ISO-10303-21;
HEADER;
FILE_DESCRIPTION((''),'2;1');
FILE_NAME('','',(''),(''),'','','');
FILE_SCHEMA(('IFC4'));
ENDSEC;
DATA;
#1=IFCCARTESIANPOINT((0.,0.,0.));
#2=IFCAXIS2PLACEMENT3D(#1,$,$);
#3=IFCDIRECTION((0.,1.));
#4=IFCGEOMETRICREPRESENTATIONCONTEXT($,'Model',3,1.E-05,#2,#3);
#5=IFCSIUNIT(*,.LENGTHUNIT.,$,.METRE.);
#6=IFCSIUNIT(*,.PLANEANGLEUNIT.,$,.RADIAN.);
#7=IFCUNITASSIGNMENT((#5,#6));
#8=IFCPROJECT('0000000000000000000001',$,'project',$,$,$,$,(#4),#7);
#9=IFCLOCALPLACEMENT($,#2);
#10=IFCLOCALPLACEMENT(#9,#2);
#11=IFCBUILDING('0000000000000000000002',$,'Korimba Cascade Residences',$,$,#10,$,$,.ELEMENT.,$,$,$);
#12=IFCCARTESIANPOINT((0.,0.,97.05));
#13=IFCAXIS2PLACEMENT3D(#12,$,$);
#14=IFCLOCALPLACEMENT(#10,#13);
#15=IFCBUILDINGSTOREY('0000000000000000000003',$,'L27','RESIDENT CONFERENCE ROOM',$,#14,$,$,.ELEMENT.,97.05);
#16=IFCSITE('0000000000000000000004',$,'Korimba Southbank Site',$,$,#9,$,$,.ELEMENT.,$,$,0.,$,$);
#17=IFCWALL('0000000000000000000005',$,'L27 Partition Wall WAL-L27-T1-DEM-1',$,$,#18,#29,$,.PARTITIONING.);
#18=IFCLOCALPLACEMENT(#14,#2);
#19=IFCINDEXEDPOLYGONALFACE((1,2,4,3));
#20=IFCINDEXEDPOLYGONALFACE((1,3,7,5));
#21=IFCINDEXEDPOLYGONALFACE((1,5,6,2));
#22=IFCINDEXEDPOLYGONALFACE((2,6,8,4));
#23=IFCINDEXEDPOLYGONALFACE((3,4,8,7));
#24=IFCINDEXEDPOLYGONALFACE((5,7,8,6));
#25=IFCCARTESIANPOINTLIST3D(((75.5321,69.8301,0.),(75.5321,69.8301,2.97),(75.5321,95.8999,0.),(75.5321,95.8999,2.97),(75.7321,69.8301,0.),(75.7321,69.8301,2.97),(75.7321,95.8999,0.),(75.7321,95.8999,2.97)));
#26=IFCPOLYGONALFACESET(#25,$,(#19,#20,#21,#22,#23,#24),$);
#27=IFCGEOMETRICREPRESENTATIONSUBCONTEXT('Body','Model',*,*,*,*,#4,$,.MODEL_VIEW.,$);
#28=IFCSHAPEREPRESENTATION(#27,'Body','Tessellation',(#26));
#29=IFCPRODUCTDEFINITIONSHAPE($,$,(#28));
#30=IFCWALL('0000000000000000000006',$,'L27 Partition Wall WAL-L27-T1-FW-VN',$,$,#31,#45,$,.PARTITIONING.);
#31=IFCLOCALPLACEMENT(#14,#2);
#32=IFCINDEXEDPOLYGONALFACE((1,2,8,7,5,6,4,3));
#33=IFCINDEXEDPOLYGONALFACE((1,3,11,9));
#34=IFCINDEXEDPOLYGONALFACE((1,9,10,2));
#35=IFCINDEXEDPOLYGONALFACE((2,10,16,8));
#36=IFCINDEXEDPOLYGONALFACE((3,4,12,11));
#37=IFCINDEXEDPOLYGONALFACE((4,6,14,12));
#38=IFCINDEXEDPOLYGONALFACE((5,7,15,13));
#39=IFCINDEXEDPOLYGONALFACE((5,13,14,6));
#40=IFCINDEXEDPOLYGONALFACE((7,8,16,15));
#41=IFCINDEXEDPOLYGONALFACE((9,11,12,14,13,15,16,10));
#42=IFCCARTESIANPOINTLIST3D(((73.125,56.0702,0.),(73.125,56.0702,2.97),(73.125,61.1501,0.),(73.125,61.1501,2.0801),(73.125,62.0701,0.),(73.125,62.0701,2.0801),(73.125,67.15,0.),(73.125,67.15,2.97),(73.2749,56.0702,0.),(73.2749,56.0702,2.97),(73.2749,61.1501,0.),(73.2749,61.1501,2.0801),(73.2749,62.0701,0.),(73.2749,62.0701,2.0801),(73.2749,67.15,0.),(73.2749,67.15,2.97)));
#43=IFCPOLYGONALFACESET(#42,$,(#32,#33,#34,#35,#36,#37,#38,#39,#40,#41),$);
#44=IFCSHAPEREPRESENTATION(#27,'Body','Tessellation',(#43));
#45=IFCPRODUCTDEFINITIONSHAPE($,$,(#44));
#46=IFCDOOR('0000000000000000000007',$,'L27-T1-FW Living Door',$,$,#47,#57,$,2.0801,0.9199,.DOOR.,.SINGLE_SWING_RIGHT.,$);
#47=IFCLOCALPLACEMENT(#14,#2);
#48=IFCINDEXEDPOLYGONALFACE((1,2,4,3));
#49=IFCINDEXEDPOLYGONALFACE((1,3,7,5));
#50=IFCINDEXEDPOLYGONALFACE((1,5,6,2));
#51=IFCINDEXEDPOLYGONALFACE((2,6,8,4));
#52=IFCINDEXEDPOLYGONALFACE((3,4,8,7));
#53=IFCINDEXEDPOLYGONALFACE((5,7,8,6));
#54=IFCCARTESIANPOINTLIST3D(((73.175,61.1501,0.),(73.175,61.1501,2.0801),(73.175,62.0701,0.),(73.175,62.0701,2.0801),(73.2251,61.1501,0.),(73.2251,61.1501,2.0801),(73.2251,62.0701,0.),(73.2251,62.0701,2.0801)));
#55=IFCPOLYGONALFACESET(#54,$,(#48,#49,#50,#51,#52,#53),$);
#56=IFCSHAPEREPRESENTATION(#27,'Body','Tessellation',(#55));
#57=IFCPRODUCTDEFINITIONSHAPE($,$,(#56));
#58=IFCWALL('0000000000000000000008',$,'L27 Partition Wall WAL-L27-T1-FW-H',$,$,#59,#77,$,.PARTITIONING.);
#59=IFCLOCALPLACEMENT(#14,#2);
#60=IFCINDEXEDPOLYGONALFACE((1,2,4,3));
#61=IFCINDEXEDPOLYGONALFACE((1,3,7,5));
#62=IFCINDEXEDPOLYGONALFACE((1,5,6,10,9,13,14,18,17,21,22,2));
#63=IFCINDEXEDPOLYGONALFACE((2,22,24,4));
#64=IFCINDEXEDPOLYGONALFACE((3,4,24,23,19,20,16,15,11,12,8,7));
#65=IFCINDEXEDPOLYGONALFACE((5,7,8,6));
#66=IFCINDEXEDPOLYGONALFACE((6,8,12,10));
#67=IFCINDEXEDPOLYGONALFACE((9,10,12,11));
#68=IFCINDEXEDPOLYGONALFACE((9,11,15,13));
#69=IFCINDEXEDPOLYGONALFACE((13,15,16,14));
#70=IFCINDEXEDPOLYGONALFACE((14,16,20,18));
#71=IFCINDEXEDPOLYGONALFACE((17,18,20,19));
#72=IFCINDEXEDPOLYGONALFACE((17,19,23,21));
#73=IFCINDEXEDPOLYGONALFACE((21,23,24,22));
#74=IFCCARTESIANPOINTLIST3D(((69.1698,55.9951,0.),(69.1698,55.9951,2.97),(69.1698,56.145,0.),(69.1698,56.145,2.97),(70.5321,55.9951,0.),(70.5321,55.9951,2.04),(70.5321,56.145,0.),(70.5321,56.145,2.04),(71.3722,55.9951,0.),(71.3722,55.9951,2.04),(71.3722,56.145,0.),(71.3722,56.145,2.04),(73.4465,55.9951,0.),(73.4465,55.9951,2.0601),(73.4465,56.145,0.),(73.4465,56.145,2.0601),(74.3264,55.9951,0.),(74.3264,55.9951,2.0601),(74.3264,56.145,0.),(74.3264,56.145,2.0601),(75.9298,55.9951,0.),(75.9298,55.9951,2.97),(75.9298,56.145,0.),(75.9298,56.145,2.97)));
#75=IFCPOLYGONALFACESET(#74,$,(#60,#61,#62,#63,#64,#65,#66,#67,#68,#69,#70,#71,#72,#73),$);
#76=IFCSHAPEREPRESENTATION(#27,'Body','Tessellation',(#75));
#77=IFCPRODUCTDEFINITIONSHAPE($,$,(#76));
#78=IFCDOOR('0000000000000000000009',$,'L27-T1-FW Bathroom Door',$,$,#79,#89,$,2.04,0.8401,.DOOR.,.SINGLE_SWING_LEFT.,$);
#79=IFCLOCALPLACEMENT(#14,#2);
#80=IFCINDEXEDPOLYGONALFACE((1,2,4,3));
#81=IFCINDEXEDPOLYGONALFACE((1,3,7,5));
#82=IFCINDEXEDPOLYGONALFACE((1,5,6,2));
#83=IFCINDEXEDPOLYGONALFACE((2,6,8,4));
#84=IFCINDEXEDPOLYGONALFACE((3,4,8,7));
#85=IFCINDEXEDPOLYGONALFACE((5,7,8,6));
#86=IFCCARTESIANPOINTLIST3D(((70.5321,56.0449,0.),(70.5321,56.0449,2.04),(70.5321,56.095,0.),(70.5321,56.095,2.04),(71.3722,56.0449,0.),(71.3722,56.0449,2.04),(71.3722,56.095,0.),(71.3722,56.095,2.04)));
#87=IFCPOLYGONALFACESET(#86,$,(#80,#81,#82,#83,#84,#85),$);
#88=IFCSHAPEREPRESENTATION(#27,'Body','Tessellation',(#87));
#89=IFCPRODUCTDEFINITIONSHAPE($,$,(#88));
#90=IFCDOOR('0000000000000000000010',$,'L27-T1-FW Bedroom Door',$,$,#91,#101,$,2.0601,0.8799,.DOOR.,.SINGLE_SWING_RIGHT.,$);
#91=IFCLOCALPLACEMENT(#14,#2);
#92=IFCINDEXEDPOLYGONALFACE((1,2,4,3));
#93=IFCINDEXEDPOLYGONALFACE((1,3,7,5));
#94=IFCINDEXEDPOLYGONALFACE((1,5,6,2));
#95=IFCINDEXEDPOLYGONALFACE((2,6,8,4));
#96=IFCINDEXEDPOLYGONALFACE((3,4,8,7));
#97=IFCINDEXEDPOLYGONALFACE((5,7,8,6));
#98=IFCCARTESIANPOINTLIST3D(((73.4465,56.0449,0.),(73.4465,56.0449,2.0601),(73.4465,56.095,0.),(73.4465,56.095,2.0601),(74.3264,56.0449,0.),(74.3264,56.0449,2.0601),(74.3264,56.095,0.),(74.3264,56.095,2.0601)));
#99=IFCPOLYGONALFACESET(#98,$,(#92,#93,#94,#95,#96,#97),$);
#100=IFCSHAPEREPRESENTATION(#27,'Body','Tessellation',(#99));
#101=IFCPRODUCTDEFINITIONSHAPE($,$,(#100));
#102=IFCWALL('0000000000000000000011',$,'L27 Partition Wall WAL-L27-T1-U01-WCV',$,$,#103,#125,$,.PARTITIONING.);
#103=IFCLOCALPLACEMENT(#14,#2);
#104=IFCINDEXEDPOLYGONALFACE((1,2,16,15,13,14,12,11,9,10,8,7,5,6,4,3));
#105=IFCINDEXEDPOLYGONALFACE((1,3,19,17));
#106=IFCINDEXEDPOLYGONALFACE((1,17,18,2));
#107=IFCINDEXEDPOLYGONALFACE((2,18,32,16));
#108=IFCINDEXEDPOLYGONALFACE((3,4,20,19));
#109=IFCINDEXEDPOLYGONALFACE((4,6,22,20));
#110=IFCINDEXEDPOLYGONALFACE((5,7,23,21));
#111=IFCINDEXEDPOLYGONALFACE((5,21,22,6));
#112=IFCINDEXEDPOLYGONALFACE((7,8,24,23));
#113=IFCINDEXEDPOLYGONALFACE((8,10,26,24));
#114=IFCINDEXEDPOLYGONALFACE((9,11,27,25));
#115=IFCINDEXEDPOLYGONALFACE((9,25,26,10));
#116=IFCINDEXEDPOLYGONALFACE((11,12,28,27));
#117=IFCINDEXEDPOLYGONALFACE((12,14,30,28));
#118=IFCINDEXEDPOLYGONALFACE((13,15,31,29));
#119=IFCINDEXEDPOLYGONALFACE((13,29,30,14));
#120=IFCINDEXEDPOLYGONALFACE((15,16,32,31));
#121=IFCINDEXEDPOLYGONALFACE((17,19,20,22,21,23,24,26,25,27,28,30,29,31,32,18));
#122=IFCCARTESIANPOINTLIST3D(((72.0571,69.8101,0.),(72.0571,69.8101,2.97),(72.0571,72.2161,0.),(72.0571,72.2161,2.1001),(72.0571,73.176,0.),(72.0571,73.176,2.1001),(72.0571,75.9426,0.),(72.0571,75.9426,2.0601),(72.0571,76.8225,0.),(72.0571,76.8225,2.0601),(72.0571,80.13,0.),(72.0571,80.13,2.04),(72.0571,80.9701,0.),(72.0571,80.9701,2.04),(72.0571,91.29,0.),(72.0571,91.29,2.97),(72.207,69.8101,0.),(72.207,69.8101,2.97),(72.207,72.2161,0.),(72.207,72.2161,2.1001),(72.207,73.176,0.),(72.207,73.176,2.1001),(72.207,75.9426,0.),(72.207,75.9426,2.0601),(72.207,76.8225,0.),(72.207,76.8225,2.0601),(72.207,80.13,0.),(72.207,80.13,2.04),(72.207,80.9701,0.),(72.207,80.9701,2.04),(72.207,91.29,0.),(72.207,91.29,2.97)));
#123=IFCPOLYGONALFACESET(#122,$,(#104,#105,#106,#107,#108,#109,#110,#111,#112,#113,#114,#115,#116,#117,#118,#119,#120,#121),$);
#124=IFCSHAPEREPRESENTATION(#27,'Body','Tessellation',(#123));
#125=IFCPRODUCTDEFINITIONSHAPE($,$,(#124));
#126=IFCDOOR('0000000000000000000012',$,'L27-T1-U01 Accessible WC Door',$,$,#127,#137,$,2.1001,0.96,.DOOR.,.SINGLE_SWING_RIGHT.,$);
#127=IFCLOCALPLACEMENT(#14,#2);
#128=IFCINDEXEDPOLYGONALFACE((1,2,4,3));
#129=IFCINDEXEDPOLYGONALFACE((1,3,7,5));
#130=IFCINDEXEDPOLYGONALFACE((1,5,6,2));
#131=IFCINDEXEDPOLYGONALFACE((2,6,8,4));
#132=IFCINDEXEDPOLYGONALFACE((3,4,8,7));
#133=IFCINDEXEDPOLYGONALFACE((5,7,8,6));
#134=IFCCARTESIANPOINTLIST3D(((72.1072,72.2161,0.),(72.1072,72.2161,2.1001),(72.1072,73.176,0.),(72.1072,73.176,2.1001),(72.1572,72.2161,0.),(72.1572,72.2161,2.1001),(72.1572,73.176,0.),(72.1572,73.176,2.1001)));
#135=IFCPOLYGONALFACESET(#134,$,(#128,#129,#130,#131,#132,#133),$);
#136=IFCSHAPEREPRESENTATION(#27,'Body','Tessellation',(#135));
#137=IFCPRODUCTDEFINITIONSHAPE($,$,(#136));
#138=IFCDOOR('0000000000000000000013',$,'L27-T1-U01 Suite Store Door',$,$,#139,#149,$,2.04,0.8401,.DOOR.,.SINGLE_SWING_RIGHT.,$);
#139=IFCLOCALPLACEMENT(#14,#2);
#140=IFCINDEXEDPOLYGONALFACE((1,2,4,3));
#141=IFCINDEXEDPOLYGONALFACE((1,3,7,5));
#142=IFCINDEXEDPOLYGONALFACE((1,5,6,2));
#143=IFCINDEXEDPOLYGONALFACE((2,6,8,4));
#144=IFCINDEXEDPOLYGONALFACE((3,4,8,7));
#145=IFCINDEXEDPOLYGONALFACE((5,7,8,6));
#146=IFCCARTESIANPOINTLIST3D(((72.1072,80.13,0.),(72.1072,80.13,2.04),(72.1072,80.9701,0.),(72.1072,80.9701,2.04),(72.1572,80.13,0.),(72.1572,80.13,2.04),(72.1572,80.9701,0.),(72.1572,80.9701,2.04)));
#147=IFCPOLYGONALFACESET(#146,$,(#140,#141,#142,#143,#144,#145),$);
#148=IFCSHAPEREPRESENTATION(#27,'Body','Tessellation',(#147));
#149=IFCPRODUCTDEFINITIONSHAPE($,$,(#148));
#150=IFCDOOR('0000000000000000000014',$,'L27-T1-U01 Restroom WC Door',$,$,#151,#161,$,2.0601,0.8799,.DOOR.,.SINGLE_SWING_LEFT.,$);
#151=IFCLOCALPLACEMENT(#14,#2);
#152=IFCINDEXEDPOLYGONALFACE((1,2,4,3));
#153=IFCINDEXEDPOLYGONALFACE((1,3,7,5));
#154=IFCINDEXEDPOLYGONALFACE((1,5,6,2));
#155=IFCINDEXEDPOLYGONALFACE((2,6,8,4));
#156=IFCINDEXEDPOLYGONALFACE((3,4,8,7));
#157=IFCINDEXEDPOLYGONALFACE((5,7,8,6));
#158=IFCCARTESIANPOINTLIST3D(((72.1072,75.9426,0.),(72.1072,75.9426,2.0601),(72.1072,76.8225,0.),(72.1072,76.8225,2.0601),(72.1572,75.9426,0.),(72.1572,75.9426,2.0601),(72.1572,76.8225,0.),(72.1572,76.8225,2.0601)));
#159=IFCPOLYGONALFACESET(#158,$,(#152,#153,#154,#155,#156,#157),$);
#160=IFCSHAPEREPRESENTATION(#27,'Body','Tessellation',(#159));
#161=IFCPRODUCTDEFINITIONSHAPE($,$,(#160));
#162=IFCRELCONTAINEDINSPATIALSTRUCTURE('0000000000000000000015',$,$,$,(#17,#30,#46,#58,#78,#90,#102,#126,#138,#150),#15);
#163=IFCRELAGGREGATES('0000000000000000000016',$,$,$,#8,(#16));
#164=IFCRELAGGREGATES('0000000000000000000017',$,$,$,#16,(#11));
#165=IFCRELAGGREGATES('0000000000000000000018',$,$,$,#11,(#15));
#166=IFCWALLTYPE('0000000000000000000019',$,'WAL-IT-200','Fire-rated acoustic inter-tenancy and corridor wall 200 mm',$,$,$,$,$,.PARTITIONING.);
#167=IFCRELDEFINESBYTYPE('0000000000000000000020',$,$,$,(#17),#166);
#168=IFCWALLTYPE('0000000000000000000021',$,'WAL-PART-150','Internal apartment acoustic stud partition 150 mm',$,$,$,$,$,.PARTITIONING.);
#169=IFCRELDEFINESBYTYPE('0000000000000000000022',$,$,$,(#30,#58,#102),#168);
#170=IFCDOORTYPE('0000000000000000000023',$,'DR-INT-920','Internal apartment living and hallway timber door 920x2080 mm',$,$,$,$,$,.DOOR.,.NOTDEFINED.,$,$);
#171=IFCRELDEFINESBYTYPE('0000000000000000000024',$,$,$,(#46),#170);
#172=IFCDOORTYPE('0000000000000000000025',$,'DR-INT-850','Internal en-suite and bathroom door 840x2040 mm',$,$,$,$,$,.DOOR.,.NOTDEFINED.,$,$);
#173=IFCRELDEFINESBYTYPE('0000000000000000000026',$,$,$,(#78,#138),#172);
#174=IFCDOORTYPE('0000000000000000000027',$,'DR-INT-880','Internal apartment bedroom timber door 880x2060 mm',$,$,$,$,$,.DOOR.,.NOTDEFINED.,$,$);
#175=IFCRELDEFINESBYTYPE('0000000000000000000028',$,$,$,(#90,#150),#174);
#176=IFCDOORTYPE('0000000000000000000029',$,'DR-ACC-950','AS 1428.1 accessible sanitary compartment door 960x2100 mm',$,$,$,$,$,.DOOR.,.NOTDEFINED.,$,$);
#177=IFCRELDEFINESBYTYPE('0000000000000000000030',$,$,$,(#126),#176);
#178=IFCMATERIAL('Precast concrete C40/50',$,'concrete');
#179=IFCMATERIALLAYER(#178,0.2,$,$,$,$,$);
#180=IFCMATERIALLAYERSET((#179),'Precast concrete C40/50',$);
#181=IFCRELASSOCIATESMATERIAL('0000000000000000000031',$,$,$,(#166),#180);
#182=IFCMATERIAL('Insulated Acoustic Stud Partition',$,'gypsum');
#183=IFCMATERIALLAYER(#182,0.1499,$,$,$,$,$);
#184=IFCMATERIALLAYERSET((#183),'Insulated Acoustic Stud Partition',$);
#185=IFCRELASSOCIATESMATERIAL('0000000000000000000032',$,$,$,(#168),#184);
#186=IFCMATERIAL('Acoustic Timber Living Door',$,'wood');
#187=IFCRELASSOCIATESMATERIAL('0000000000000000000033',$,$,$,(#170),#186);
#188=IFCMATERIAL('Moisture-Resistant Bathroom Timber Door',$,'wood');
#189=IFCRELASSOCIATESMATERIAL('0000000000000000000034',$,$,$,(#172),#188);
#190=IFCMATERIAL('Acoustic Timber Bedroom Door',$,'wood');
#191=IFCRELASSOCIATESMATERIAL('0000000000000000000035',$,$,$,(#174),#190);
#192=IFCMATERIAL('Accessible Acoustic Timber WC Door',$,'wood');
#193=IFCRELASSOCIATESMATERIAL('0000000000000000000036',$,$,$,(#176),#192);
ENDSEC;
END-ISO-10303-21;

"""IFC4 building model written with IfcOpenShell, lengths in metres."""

from ifc_helpers import new_model, si_unit, direction, frame, frame_2d, origin, place, context, subcontext, project, spatial, rectangle, extrude, material, layer, layer_set, type_object, element, fill, save


model = new_model("IFC4")

# Units and contexts
model_context = context("Model", 3, precision=1e-05, world=origin(), true_north=direction((0.0, 1.0)))
body_context = subcontext(model_context, "Body", "Model", "MODEL_VIEW")
ifc_project = project(units=[si_unit("LENGTHUNIT", "METRE"), si_unit("PLANEANGLEUNIT", "RADIAN")], contexts=[model_context])

# Site, building, storey
site_placement = place(None, origin())
site = spatial("IfcSite", under=ifc_project, at=site_placement, Name="Korimba Southbank Site", CompositionType="ELEMENT", RefElevation=0.0)
building_placement = place(site_placement, origin())
building = spatial("IfcBuilding", under=site, at=building_placement, Name="Korimba Cascade Residences", CompositionType="ELEMENT")
storey_placement = place(building_placement, frame((0.0, 0.0, 97.05)))
storey = spatial("IfcBuildingStorey", under=building, at=storey_placement, Name="L27", Description="RESIDENT CONFERENCE ROOM", CompositionType="ELEMENT", Elevation=97.05)

# Wall
ifc_material_1 = material(Name="Precast concrete C40/50", Category="concrete")
ifc_layer_1 = layer(ifc_material_1, 0.2)
ifc_layer_set_1 = layer_set([ifc_layer_1], Name="Precast concrete C40/50")
wall_type_1 = type_object("IfcWallType", Name="WAL-IT-200", Description="Fire-rated acoustic inter-tenancy and corridor wall 200 mm", PredefinedType="PARTITIONING", material=ifc_layer_set_1)
wall_1_placement = place(storey_placement, frame((75.6321, 69.8301, 0.0), z_axis=(0.0, 0.0, 1.0), x_axis=(0.0, 1.0, 0.0)))
element("IfcWall", 1, at=wall_1_placement, inside=storey, type_object=wall_type_1, Name="L27 Partition Wall WAL-L27-T1-DEM-1", PredefinedType="PARTITIONING", context=body_context, shape_type="SweptSolid", body=[
    extrude(rectangle(XDim=26.0698, YDim=0.2, at=frame_2d((13.0349, 0.0))), origin(), (0.0, 0.0, 1.0), 2.97),
])

# Wall, opening, door
ifc_material_2 = material(Name="Insulated Acoustic Stud Partition", Category="gypsum")
ifc_layer_2 = layer(ifc_material_2, 0.1499)
ifc_layer_set_2 = layer_set([ifc_layer_2], Name="Insulated Acoustic Stud Partition")
wall_type_2 = type_object("IfcWallType", Name="WAL-PART-150", Description="Internal apartment acoustic stud partition 150 mm", PredefinedType="PARTITIONING", material=ifc_layer_set_2)
wall_2_placement = place(storey_placement, frame((73.2, 56.0701, 0.0), z_axis=(0.0, 0.0, 1.0), x_axis=(0.0, 1.0, 0.0)))
wall_2 = element("IfcWall", 2, at=wall_2_placement, inside=storey, type_object=wall_type_2, Name="L27 Partition Wall WAL-L27-T1-FW-VN", PredefinedType="PARTITIONING", context=body_context, shape_type="SweptSolid", body=[
    extrude(rectangle(XDim=11.0798, YDim=0.1499, at=frame_2d((5.54, 0.0))), origin(), (0.0, 0.0, 1.0), 2.97),
])
opening_1_placement = place(wall_2_placement, frame((5.0801, 0.0, 0.0)))
opening_1 = element("IfcOpeningElement", 3, at=opening_1_placement, cuts=wall_2, PredefinedType="OPENING", context=body_context, shape_type="SweptSolid", body=[
    extrude(rectangle(XDim=0.9199, YDim=2.0801, at=frame_2d((0.46, 1.04))), frame((0.0, 0.085, 0.0), z_axis=(0.0, -1.0, 0.0), x_axis=(1.0, 0.0, 0.0)), (0.0, 0.0, 1.0), 0.1699),
])
ifc_material_3 = material(Name="Acoustic Timber Living Door", Category="wood")
door_type_1 = type_object("IfcDoorType", Name="DR-INT-920", Description="Internal apartment living and hallway timber door 920x2080 mm", OperationType="NOTDEFINED", PredefinedType="DOOR", material=ifc_material_3)
door_1_placement = place(opening_1_placement, origin())
door_1 = element("IfcDoor", 4, at=door_1_placement, inside=storey, type_object=door_type_1, Name="L27-T1-FW Living Door", OperationType="SINGLE_SWING_RIGHT", OverallHeight=2.0801, OverallWidth=0.9199, PredefinedType="DOOR", context=body_context, shape_type="SweptSolid", body=[
    extrude(rectangle(XDim=0.9199, YDim=2.0801, at=frame_2d((0.46, 1.04))), frame((0.0, 0.0249, 0.0), z_axis=(0.0, -1.0, 0.0), x_axis=(1.0, 0.0, 0.0)), (0.0, 0.0, 1.0), 0.05),
])
fill(opening_1, door_1)

# Walls, openings, doors
wall_3_placement = place(storey_placement, frame((69.1699, 56.0701, 0.0), z_axis=(0.0, 0.0, 1.0), x_axis=(1.0, 0.0, 0.0)))
wall_3 = element("IfcWall", 5, at=wall_3_placement, inside=storey, type_object=wall_type_2, Name="L27 Partition Wall WAL-L27-T1-FW-H", PredefinedType="PARTITIONING", context=body_context, shape_type="SweptSolid", body=[
    extrude(rectangle(XDim=6.76, YDim=0.1499, at=frame_2d((3.3799, 0.0))), origin(), (0.0, 0.0, 1.0), 2.97),
])
opening_2_placement = place(wall_3_placement, frame((1.3623, 0.0, 0.0)))
opening_2 = element("IfcOpeningElement", 6, at=opening_2_placement, cuts=wall_3, PredefinedType="OPENING", context=body_context, shape_type="SweptSolid", body=[
    extrude(rectangle(XDim=0.8401, YDim=2.04, at=frame_2d((0.4199, 1.02))), frame((0.0, 0.085, 0.0), z_axis=(0.0, -1.0, 0.0), x_axis=(1.0, 0.0, 0.0)), (0.0, 0.0, 1.0), 0.1699),
])
opening_3_placement = place(wall_3_placement, frame((4.2766, 0.0, 0.0)))
opening_3 = element("IfcOpeningElement", 7, at=opening_3_placement, cuts=wall_3, PredefinedType="OPENING", context=body_context, shape_type="SweptSolid", body=[
    extrude(rectangle(XDim=0.8799, YDim=2.0601, at=frame_2d((0.4399, 1.03))), frame((0.0, 0.085, 0.0), z_axis=(0.0, -1.0, 0.0), x_axis=(1.0, 0.0, 0.0)), (0.0, 0.0, 1.0), 0.1699),
])
ifc_material_4 = material(Name="Moisture-Resistant Bathroom Timber Door", Category="wood")
door_type_2 = type_object("IfcDoorType", Name="DR-INT-850", Description="Internal en-suite and bathroom door 840x2040 mm", OperationType="NOTDEFINED", PredefinedType="DOOR", material=ifc_material_4)
door_2_placement = place(opening_2_placement, origin())
door_2 = element("IfcDoor", 8, at=door_2_placement, inside=storey, type_object=door_type_2, Name="L27-T1-FW Bathroom Door", OperationType="SINGLE_SWING_LEFT", OverallHeight=2.04, OverallWidth=0.8401, PredefinedType="DOOR", context=body_context, shape_type="SweptSolid", body=[
    extrude(rectangle(XDim=0.8401, YDim=2.04, at=frame_2d((0.4199, 1.02))), frame((0.0, 0.0249, 0.0), z_axis=(0.0, -1.0, 0.0), x_axis=(1.0, 0.0, 0.0)), (0.0, 0.0, 1.0), 0.05),
])
fill(opening_2, door_2)
ifc_material_5 = material(Name="Acoustic Timber Bedroom Door", Category="wood")
door_type_3 = type_object("IfcDoorType", Name="DR-INT-880", Description="Internal apartment bedroom timber door 880x2060 mm", OperationType="NOTDEFINED", PredefinedType="DOOR", material=ifc_material_5)
door_3_placement = place(opening_3_placement, origin())
door_3 = element("IfcDoor", 9, at=door_3_placement, inside=storey, type_object=door_type_3, Name="L27-T1-FW Bedroom Door", OperationType="SINGLE_SWING_RIGHT", OverallHeight=2.0601, OverallWidth=0.8799, PredefinedType="DOOR", context=body_context, shape_type="SweptSolid", body=[
    extrude(rectangle(XDim=0.8799, YDim=2.0601, at=frame_2d((0.4399, 1.03))), frame((0.0, 0.0249, 0.0), z_axis=(0.0, -1.0, 0.0), x_axis=(1.0, 0.0, 0.0)), (0.0, 0.0, 1.0), 0.05),
])
fill(opening_3, door_3)
wall_4_placement = place(storey_placement, frame((72.1321, 69.8101, 0.0), z_axis=(0.0, 0.0, 1.0), x_axis=(0.0, 1.0, 0.0)))
wall_4 = element("IfcWall", 10, at=wall_4_placement, inside=storey, type_object=wall_type_2, Name="L27 Partition Wall WAL-L27-T1-U01-WCV", PredefinedType="PARTITIONING", context=body_context, shape_type="SweptSolid", body=[
    extrude(rectangle(XDim=21.48, YDim=0.1499, at=frame_2d((10.74, 0.0))), origin(), (0.0, 0.0, 1.0), 2.97),
])
opening_4_placement = place(wall_4_placement, frame((2.406, 0.0, 0.0)))
opening_4 = element("IfcOpeningElement", 11, at=opening_4_placement, cuts=wall_4, PredefinedType="OPENING", context=body_context, shape_type="SweptSolid", body=[
    extrude(rectangle(XDim=0.96, YDim=2.1001, at=frame_2d((0.48, 1.05))), frame((0.0, 0.085, 0.0), z_axis=(0.0, -1.0, 0.0), x_axis=(1.0, 0.0, 0.0)), (0.0, 0.0, 1.0), 0.1699),
])
opening_5_placement = place(wall_4_placement, frame((6.1326, 0.0, 0.0)))
opening_5 = element("IfcOpeningElement", 12, at=opening_5_placement, cuts=wall_4, PredefinedType="OPENING", context=body_context, shape_type="SweptSolid", body=[
    extrude(rectangle(XDim=0.8799, YDim=2.0601, at=frame_2d((0.4399, 1.03))), frame((0.0, 0.085, 0.0), z_axis=(0.0, -1.0, 0.0), x_axis=(1.0, 0.0, 0.0)), (0.0, 0.0, 1.0), 0.1699),
])
opening_6_placement = place(wall_4_placement, frame((10.3201, 0.0, 0.0)))
opening_6 = element("IfcOpeningElement", 13, at=opening_6_placement, cuts=wall_4, PredefinedType="OPENING", context=body_context, shape_type="SweptSolid", body=[
    extrude(rectangle(XDim=0.8401, YDim=2.04, at=frame_2d((0.4199, 1.02))), frame((0.0, 0.085, 0.0), z_axis=(0.0, -1.0, 0.0), x_axis=(1.0, 0.0, 0.0)), (0.0, 0.0, 1.0), 0.1699),
])
ifc_material_6 = material(Name="Accessible Acoustic Timber WC Door", Category="wood")
door_type_4 = type_object("IfcDoorType", Name="DR-ACC-950", Description="AS 1428.1 accessible sanitary compartment door 960x2100 mm", OperationType="NOTDEFINED", PredefinedType="DOOR", material=ifc_material_6)
door_4_placement = place(opening_4_placement, origin())
door_4 = element("IfcDoor", 14, at=door_4_placement, inside=storey, type_object=door_type_4, Name="L27-T1-U01 Accessible WC Door", OperationType="SINGLE_SWING_RIGHT", OverallHeight=2.1001, OverallWidth=0.96, PredefinedType="DOOR", context=body_context, shape_type="SweptSolid", body=[
    extrude(rectangle(XDim=0.96, YDim=2.1001, at=frame_2d((0.48, 1.05))), frame((0.0, 0.0249, 0.0), z_axis=(0.0, -1.0, 0.0), x_axis=(1.0, 0.0, 0.0)), (0.0, 0.0, 1.0), 0.05),
])
fill(opening_4, door_4)
door_5_placement = place(opening_6_placement, origin())
door_5 = element("IfcDoor", 15, at=door_5_placement, inside=storey, type_object=door_type_2, Name="L27-T1-U01 Suite Store Door", OperationType="SINGLE_SWING_RIGHT", OverallHeight=2.04, OverallWidth=0.8401, PredefinedType="DOOR", context=body_context, shape_type="SweptSolid", body=[
    extrude(rectangle(XDim=0.8401, YDim=2.04, at=frame_2d((0.4199, 1.02))), frame((0.0, 0.0249, 0.0), z_axis=(0.0, -1.0, 0.0), x_axis=(1.0, 0.0, 0.0)), (0.0, 0.0, 1.0), 0.05),
])
fill(opening_6, door_5)
door_6_placement = place(opening_5_placement, origin())
door_6 = element("IfcDoor", 16, at=door_6_placement, inside=storey, type_object=door_type_3, Name="L27-T1-U01 Restroom WC Door", OperationType="SINGLE_SWING_LEFT", OverallHeight=2.0601, OverallWidth=0.8799, PredefinedType="DOOR", context=body_context, shape_type="SweptSolid", body=[
    extrude(rectangle(XDim=0.8799, YDim=2.0601, at=frame_2d((0.4399, 1.03))), frame((0.0, 0.0249, 0.0), z_axis=(0.0, -1.0, 0.0), x_axis=(1.0, 0.0, 0.0)), (0.0, 0.0, 1.0), 0.05),
])
fill(opening_5, door_6)

save(model, "model.ifc")
